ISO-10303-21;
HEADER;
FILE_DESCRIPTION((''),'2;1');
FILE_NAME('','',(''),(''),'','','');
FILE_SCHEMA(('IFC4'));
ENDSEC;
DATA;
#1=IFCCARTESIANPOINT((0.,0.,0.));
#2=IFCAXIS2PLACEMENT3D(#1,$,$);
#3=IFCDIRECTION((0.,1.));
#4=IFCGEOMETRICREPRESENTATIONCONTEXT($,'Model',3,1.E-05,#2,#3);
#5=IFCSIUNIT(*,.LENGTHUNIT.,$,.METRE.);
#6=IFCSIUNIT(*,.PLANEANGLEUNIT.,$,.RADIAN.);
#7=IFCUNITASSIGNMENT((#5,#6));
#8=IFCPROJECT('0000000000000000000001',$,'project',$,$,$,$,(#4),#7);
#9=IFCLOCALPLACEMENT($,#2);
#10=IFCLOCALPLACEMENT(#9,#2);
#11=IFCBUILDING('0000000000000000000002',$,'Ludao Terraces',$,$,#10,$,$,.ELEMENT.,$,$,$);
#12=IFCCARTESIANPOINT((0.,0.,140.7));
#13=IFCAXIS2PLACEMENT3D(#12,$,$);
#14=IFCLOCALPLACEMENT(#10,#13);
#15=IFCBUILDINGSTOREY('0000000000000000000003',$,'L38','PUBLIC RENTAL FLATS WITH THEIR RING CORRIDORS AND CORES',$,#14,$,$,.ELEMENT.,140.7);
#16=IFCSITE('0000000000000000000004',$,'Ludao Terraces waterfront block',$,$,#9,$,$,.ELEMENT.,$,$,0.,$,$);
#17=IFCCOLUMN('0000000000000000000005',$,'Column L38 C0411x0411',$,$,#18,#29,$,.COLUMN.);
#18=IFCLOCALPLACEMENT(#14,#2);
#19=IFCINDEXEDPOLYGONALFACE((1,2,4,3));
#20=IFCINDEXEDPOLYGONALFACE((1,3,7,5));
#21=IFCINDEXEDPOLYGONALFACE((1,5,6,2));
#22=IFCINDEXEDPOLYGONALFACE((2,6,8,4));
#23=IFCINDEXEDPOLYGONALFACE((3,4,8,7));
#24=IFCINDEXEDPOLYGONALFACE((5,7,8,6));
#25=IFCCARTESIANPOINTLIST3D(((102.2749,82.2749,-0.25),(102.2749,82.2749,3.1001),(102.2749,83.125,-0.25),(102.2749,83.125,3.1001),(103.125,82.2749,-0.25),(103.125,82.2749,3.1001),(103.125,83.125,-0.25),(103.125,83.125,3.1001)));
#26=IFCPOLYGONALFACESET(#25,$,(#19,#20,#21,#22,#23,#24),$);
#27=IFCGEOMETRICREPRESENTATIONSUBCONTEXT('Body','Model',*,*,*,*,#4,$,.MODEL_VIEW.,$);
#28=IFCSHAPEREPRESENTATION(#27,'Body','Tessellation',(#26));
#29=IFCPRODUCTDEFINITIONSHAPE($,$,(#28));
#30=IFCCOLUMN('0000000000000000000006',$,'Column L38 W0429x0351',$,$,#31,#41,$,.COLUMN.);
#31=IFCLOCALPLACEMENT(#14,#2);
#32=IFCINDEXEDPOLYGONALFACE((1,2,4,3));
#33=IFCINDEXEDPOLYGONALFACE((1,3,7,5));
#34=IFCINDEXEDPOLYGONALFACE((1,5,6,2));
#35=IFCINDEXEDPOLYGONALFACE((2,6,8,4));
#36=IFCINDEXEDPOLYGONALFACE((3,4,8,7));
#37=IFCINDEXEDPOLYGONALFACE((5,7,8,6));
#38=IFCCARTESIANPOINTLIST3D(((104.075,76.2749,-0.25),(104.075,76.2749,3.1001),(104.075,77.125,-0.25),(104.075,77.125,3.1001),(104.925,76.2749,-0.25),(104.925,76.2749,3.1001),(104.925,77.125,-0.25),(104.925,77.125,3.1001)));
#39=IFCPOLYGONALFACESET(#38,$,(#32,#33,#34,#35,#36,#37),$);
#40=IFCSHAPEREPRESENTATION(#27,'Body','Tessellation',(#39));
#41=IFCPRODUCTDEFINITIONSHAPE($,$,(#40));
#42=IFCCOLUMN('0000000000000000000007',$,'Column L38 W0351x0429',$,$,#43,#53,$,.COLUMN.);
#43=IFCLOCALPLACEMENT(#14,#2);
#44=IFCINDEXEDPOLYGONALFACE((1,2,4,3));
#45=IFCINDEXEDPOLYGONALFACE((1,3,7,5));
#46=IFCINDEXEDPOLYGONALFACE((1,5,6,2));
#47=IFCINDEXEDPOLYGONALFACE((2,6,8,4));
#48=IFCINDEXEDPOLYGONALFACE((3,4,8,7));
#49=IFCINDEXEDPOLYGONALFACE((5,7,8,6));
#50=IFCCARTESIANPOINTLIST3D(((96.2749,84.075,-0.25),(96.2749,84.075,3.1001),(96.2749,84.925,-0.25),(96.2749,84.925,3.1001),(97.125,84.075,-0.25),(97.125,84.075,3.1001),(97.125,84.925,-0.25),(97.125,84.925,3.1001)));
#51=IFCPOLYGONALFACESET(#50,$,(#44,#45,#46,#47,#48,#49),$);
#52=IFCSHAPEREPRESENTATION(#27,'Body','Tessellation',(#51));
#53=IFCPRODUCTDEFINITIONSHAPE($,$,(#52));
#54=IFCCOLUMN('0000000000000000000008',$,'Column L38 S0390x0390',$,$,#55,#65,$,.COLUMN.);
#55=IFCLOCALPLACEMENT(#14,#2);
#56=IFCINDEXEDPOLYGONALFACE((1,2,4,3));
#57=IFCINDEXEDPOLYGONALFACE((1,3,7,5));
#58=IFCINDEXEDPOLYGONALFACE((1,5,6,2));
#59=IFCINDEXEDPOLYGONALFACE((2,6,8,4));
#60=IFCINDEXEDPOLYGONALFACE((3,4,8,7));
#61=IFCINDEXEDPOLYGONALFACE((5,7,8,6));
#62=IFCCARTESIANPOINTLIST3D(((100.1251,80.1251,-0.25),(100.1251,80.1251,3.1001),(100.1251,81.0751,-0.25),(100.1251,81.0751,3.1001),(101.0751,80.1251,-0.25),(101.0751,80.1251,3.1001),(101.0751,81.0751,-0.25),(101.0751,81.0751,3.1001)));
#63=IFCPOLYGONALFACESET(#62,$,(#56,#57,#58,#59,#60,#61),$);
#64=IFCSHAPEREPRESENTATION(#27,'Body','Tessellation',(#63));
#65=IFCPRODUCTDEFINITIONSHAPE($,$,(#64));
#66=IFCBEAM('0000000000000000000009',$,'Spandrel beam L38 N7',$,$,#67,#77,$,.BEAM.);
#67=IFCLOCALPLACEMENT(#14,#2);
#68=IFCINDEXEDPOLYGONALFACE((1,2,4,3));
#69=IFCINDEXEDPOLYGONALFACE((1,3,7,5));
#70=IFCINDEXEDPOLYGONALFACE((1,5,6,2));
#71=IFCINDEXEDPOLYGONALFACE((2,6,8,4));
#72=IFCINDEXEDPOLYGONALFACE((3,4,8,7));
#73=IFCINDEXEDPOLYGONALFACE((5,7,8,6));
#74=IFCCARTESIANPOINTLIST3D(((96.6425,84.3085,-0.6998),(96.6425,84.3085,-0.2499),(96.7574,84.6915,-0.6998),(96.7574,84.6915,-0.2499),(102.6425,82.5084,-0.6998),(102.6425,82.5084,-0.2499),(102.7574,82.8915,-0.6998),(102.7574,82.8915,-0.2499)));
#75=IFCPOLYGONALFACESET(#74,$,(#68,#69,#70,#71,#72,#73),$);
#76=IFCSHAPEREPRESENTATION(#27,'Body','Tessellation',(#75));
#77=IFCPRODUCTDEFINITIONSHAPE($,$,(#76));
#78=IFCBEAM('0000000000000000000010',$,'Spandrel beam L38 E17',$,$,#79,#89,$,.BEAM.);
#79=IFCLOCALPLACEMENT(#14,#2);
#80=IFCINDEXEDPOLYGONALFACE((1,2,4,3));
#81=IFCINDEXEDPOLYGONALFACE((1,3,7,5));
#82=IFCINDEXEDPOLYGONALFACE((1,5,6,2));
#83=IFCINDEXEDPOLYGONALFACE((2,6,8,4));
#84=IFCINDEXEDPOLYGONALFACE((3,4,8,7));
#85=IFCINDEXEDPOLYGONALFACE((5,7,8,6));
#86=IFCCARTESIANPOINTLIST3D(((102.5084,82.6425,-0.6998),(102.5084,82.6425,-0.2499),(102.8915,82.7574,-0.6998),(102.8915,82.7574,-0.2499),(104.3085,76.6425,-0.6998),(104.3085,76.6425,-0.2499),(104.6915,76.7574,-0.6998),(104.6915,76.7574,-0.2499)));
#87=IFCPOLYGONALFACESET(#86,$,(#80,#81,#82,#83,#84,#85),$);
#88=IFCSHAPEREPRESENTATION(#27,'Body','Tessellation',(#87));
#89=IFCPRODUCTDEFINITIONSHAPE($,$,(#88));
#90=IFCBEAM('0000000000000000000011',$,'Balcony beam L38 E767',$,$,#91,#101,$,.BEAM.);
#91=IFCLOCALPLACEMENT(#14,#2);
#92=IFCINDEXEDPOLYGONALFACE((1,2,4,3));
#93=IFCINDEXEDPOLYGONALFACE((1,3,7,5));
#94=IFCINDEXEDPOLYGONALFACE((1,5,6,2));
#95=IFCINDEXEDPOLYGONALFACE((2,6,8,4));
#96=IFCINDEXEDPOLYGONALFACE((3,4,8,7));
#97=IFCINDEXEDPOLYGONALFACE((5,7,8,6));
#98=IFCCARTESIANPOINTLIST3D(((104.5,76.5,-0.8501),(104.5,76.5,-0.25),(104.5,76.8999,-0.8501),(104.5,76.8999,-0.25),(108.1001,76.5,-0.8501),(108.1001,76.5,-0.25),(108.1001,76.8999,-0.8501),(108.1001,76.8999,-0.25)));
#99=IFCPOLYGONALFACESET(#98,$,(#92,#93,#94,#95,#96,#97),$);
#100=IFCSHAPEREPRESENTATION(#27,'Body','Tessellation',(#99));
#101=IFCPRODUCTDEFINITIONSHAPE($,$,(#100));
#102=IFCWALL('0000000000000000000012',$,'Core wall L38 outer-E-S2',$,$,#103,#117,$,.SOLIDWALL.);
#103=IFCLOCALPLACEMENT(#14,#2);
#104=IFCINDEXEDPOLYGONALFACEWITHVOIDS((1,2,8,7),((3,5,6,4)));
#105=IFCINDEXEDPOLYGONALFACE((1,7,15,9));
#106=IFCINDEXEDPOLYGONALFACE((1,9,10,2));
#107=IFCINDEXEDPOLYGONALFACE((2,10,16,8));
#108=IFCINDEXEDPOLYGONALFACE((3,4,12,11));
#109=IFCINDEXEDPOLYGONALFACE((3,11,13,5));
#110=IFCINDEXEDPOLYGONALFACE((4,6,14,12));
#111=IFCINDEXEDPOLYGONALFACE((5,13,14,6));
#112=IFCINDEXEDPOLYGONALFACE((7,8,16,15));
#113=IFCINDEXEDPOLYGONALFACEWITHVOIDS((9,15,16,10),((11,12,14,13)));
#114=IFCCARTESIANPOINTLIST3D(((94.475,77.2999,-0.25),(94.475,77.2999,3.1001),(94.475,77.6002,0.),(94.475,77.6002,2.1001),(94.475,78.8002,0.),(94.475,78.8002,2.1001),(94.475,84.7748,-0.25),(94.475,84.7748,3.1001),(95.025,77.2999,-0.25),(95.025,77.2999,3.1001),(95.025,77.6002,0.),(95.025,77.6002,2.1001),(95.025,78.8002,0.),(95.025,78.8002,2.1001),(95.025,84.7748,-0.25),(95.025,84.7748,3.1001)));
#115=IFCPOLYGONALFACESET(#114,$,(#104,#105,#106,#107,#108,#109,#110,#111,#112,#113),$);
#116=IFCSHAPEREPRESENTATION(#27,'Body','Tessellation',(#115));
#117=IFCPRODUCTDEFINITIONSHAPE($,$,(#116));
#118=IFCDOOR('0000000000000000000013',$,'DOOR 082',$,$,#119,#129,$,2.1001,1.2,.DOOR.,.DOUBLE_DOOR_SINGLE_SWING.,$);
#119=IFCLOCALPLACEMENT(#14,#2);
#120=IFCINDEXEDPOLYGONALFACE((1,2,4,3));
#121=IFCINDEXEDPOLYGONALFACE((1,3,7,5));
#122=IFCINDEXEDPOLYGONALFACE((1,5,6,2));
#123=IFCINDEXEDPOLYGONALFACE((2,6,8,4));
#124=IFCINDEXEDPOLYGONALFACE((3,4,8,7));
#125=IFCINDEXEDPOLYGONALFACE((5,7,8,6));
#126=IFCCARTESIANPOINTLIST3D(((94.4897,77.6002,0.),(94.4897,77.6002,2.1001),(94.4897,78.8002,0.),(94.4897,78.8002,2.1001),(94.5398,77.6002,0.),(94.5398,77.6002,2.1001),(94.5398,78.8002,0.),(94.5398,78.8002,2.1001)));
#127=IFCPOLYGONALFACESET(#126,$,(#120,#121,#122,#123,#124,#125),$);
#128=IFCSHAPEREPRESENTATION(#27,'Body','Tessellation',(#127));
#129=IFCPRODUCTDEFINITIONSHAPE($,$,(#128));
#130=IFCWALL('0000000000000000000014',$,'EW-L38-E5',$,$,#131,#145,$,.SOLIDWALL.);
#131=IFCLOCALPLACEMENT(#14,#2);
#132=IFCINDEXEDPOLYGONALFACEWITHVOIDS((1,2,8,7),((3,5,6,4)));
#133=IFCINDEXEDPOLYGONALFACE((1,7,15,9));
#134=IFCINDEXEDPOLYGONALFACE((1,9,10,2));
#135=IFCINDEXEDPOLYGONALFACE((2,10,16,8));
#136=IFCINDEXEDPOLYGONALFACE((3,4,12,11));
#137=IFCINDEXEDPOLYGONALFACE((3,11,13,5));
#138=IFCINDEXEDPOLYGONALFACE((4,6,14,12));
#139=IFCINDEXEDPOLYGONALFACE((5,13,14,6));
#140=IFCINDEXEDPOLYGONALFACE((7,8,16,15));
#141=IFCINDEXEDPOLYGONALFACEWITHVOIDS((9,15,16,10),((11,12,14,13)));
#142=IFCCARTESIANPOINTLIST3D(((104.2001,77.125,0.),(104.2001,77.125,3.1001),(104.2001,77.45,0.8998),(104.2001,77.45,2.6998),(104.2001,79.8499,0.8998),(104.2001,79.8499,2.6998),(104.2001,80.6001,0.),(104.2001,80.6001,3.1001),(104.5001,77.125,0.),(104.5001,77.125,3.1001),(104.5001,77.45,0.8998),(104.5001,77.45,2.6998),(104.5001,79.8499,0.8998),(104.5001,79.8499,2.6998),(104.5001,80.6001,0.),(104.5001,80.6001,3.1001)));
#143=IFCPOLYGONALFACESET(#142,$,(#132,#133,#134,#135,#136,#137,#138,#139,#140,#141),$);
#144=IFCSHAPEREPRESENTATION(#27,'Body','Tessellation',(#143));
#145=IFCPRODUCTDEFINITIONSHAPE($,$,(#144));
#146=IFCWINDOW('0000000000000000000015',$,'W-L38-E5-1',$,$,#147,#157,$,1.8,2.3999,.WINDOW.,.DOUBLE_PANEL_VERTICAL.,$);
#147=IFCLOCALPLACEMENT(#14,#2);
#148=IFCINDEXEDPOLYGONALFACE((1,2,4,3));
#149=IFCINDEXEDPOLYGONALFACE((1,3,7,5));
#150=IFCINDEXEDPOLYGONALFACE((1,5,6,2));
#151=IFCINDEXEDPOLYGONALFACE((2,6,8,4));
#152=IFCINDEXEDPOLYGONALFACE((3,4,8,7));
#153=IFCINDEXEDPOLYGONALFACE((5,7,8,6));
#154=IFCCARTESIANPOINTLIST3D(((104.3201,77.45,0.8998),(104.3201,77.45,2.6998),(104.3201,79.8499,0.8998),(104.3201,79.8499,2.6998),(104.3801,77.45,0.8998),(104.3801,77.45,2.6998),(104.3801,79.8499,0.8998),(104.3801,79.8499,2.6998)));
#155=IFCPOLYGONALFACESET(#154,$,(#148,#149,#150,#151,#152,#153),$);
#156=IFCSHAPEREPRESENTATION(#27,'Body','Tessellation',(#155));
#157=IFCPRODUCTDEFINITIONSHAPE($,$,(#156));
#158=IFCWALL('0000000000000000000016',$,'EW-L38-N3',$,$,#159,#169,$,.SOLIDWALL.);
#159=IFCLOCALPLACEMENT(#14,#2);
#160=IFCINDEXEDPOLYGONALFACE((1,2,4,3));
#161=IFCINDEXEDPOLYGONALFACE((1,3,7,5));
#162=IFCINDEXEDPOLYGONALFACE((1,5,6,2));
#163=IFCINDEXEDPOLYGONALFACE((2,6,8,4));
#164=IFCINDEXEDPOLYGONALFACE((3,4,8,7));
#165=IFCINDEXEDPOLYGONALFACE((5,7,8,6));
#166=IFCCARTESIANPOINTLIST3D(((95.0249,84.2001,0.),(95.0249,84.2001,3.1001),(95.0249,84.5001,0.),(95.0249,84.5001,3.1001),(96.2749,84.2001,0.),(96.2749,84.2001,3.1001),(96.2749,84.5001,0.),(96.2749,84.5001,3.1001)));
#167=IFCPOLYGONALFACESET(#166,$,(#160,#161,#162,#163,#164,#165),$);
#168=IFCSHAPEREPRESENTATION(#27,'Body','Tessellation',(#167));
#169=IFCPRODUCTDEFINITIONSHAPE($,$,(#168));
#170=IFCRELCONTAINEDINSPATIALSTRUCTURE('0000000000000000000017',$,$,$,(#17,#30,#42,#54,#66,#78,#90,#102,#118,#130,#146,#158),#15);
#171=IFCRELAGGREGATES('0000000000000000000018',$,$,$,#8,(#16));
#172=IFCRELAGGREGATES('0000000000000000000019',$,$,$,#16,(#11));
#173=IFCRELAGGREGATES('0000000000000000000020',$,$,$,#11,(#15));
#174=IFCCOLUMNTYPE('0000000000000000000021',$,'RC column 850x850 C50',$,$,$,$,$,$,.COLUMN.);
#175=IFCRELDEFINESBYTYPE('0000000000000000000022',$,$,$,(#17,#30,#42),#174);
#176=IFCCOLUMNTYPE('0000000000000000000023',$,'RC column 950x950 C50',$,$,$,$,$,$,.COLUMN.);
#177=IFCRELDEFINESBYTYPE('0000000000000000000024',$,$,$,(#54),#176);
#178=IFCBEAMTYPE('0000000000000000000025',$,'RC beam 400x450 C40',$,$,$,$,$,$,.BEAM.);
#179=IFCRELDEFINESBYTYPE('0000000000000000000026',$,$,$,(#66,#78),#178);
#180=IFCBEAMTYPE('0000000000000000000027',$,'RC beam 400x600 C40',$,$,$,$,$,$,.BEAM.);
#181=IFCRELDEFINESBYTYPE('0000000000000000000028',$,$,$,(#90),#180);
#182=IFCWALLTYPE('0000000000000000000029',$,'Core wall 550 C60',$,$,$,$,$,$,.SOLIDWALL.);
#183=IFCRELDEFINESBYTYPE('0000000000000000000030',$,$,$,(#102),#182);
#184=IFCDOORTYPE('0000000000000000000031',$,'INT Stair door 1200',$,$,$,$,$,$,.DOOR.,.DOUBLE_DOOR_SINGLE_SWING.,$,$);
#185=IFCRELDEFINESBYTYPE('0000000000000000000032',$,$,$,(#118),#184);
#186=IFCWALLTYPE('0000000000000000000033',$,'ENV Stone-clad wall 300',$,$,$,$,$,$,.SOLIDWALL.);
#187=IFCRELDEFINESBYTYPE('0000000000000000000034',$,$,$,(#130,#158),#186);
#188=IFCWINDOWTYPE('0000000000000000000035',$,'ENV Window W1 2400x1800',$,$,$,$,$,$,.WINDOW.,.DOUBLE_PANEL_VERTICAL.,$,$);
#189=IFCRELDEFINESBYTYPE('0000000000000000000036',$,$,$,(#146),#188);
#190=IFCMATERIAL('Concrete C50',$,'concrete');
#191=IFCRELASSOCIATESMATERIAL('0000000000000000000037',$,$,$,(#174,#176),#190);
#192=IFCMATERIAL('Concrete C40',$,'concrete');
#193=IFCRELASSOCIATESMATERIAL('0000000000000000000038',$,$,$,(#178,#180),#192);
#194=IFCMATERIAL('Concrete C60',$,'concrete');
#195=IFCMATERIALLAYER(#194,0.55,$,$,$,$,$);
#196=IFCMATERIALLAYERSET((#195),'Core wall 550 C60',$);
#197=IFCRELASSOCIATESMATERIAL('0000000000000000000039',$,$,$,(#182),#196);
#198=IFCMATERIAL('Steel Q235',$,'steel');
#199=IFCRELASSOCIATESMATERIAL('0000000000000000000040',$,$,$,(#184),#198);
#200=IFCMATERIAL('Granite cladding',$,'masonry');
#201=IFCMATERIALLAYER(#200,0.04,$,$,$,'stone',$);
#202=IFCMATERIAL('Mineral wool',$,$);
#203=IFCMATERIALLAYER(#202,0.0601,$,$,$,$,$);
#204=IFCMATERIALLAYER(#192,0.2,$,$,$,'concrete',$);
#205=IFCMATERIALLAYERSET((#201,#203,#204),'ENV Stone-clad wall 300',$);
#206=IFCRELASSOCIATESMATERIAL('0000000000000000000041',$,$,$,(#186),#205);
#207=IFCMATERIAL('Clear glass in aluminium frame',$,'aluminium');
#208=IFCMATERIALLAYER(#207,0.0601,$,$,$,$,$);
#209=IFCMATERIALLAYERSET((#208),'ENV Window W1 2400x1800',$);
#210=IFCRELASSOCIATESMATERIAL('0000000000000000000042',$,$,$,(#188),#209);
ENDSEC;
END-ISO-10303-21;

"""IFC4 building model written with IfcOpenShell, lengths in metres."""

from ifc_helpers import new_model, si_unit, direction, frame, frame_2d, origin, origin_2d, place, context, subcontext, project, spatial, rectangle, extrude, material, layer, layer_set, material_profile, profile_set, type_object, element, fill, save


model = new_model("IFC4")

# Units and contexts
model_context = context("Model", 3, precision=1e-05, world=origin(), true_north=direction((0.0, 1.0)))
body_context = subcontext(model_context, "Body", "Model", "MODEL_VIEW")
ifc_project = project(units=[si_unit("LENGTHUNIT", "METRE"), si_unit("PLANEANGLEUNIT", "RADIAN")], contexts=[model_context])

# Site, building, storey
site_placement = place(None, origin())
site = spatial("IfcSite", under=ifc_project, at=site_placement, Name="Ludao Terraces waterfront block", CompositionType="ELEMENT", RefElevation=0.0)
building_placement = place(site_placement, origin())
building = spatial("IfcBuilding", under=site, at=building_placement, Name="Ludao Terraces", CompositionType="ELEMENT")
storey_placement = place(building_placement, frame((0.0, 0.0, 140.7)))
storey = spatial("IfcBuildingStorey", under=building, at=storey_placement, Name="L38", Description="PUBLIC RENTAL FLATS WITH THEIR RING CORRIDORS AND CORES", CompositionType="ELEMENT", Elevation=140.7)

# Columns
ifc_material_1 = material(Name="Concrete C50", Category="concrete")
ifc_material_profile_1 = material_profile(ifc_material_1, rectangle(XDim=0.8501, YDim=0.8501, at=origin_2d()), Name="850 X 850")
ifc_profile_set_1 = profile_set([ifc_material_profile_1], Name="Concrete C50")
column_type_1 = type_object("IfcColumnType", Name="RC column 850x850 C50", PredefinedType="COLUMN", material=ifc_profile_set_1)
for number, where, z_axis, x_axis, name in (
    (1, (102.7, 82.7, -0.25), (0.0, 0.0, 1.0), (1.0, 0.0, 0.0), "Column L38 C0411x0411"),
    (2, (104.5, 76.7, -0.25), (0.0, 0.0, 1.0), (1.0, 0.0, 0.0), "Column L38 W0429x0351"),
    (3, (96.7, 84.5, -0.25), (0.0, 0.0, 1.0), (1.0, 0.0, 0.0), "Column L38 W0351x0429"),
):
    element("IfcColumn", number, at=place(storey_placement, frame(where, z_axis=z_axis, x_axis=x_axis)), inside=storey, type_object=column_type_1, Name=name, PredefinedType="COLUMN", context=body_context, shape_type="SweptSolid", body=[
        extrude(rectangle(XDim=0.8501, YDim=0.8501, at=origin_2d()), origin(), (0.0, 0.0, 1.0), 3.3501),
    ])
ifc_material_profile_2 = material_profile(ifc_material_1, rectangle(XDim=0.95, YDim=0.95, at=origin_2d()), Name="950 X 950")
ifc_profile_set_2 = profile_set([ifc_material_profile_2], Name="Concrete C50")
column_type_2 = type_object("IfcColumnType", Name="RC column 950x950 C50", PredefinedType="COLUMN", material=ifc_profile_set_2)
column_placement = place(storey_placement, frame((100.6001, 80.6001, -0.25), z_axis=(0.0, 0.0, 1.0), x_axis=(1.0, 0.0, 0.0)))
element("IfcColumn", 4, at=column_placement, inside=storey, type_object=column_type_2, Name="Column L38 S0390x0390", PredefinedType="COLUMN", context=body_context, shape_type="SweptSolid", body=[
    extrude(rectangle(XDim=0.95, YDim=0.95, at=origin_2d()), origin(), (0.0, 0.0, 1.0), 3.3501),
])

# Beams
ifc_material_2 = material(Name="Concrete C40", Category="concrete")
ifc_material_profile_3 = material_profile(ifc_material_2, rectangle(XDim=0.3999, YDim=0.45, at=origin_2d()), Name="400 X 450")
ifc_profile_set_3 = profile_set([ifc_material_profile_3], Name="Concrete C40")
beam_type_1 = type_object("IfcBeamType", Name="RC beam 400x450 C40", PredefinedType="BEAM", material=ifc_profile_set_3)
for number, where, z_axis, x_axis, name in (
    (5, (96.7, 84.5, -0.4749), (0.957824, -0.287355, 0.0), (0.287355, 0.957824, 0.0), "Spandrel beam L38 N7"),
    (6, (104.5, 76.7, -0.4749), (-0.287355, 0.957824, 0.0), (-0.957824, -0.287355, 0.0), "Spandrel beam L38 E17"),
):
    element("IfcBeam", number, at=place(storey_placement, frame(where, z_axis=z_axis, x_axis=x_axis)), inside=storey, type_object=beam_type_1, Name=name, PredefinedType="BEAM", context=body_context, shape_type="SweptSolid", body=[
        extrude(rectangle(XDim=0.3999, YDim=0.45, at=origin_2d()), origin(), (0.0, 0.0, 1.0), 6.2642),
    ])
ifc_material_profile_4 = material_profile(ifc_material_2, rectangle(XDim=0.3999, YDim=0.6001, at=origin_2d()), Name="400 X 600")
ifc_profile_set_4 = profile_set([ifc_material_profile_4], Name="Concrete C40")
beam_type_2 = type_object("IfcBeamType", Name="RC beam 400x600 C40", PredefinedType="BEAM", material=ifc_profile_set_4)
beam_placement = place(storey_placement, frame((104.5, 76.7, -0.55), z_axis=(1.0, 0.0, 0.0), x_axis=(0.0, 1.0, 0.0)))
element("IfcBeam", 7, at=beam_placement, inside=storey, type_object=beam_type_2, Name="Balcony beam L38 E767", PredefinedType="BEAM", context=body_context, shape_type="SweptSolid", body=[
    extrude(rectangle(XDim=0.3999, YDim=0.6001, at=origin_2d()), origin(), (0.0, 0.0, 1.0), 3.6001),
])

# Wall, opening, door
ifc_material_3 = material(Name="Concrete C60", Category="concrete")
ifc_layer_1 = layer(ifc_material_3, 0.55)
ifc_layer_set_1 = layer_set([ifc_layer_1], Name="Core wall 550 C60")
wall_type_1 = type_object("IfcWallType", Name="Core wall 550 C60", PredefinedType="SOLIDWALL", material=ifc_layer_set_1)
wall_1_placement = place(storey_placement, frame((94.75, 77.3, -0.25), z_axis=(0.0, 0.0, 1.0), x_axis=(0.0, 1.0, 0.0)))
wall_1 = element("IfcWall", 8, at=wall_1_placement, inside=storey, type_object=wall_type_1, Name="Core wall L38 outer-E-S2", PredefinedType="SOLIDWALL", context=body_context, shape_type="SweptSolid", body=[
    extrude(rectangle(XDim=7.4749, YDim=0.55, at=frame_2d((3.7373, 0.0))), origin(), (0.0, 0.0, 1.0), 3.3501),
])
opening_1_placement = place(wall_1_placement, frame((0.3, 0.0, 0.25)))
opening_1 = element("IfcOpeningElement", 9, at=opening_1_placement, cuts=wall_1, PredefinedType="OPENING", context=body_context, shape_type="SweptSolid", body=[
    extrude(rectangle(XDim=1.2, YDim=2.1001, at=frame_2d((0.6001, 1.05))), frame((0.0, 0.2852, 0.0), z_axis=(0.0, -1.0, 0.0), x_axis=(1.0, 0.0, 0.0)), (0.0, 0.0, 1.0), 0.5701),
])
ifc_material_4 = material(Name="Steel Q235", Category="steel")
door_type_1 = type_object("IfcDoorType", Name="INT Stair door 1200", OperationType="DOUBLE_DOOR_SINGLE_SWING", PredefinedType="DOOR", material=ifc_material_4)
door_1_placement = place(opening_1_placement, origin())
door_1 = element("IfcDoor", 10, at=door_1_placement, inside=storey, type_object=door_type_1, Name="DOOR 082", OperationType="DOUBLE_DOOR_SINGLE_SWING", OverallHeight=2.1001, OverallWidth=1.2, PredefinedType="DOOR", context=body_context, shape_type="SweptSolid", body=[
    extrude(rectangle(XDim=1.2, YDim=2.1001, at=frame_2d((0.6001, 1.05))), frame((0.0, 0.2603, 0.0), z_axis=(0.0, -1.0, 0.0), x_axis=(1.0, 0.0, 0.0)), (0.0, 0.0, 1.0), 0.05),
])
fill(opening_1, door_1)

# Wall, opening, window
ifc_material_5 = material(Name="Granite cladding", Category="masonry")
ifc_layer_2 = layer(ifc_material_5, 0.04, Category="stone")
ifc_material_6 = material(Name="Mineral wool")
ifc_layer_3 = layer(ifc_material_6, 0.0601)
ifc_layer_4 = layer(ifc_material_2, 0.2, Category="concrete")
ifc_layer_set_2 = layer_set([ifc_layer_2, ifc_layer_3, ifc_layer_4], Name="ENV Stone-clad wall 300")
wall_type_2 = type_object("IfcWallType", Name="ENV Stone-clad wall 300", PredefinedType="SOLIDWALL", material=ifc_layer_set_2)
wall_2_placement = place(storey_placement, frame((104.3501, 77.125, 0.0), z_axis=(0.0, 0.0, 1.0), x_axis=(0.0, 1.0, 0.0)))
wall_2 = element("IfcWall", 11, at=wall_2_placement, inside=storey, type_object=wall_type_2, Name="EW-L38-E5", PredefinedType="SOLIDWALL", context=body_context, shape_type="SweptSolid", body=[
    extrude(rectangle(XDim=3.4751, YDim=0.3, at=frame_2d((1.7375, 0.0))), origin(), (0.0, 0.0, 1.0), 3.1001),
])
opening_2_placement = place(wall_2_placement, frame((0.325, 0.0, 0.8999)))
opening_2 = element("IfcOpeningElement", 12, at=opening_2_placement, cuts=wall_2, PredefinedType="OPENING", context=body_context, shape_type="SweptSolid", body=[
    extrude(rectangle(XDim=2.3999, YDim=1.8, at=frame_2d((1.2, 0.8999))), frame((0.0, 0.1602, 0.0), z_axis=(0.0, -1.0, 0.0), x_axis=(1.0, 0.0, 0.0)), (0.0, 0.0, 1.0), 0.3201),
])
ifc_material_7 = material(Name="Clear glass in aluminium frame", Category="aluminium")
ifc_layer_5 = layer(ifc_material_7, 0.0601)
ifc_layer_set_3 = layer_set([ifc_layer_5], Name="ENV Window W1 2400x1800")
window_type_1 = type_object("IfcWindowType", Name="ENV Window W1 2400x1800", PartitioningType="DOUBLE_PANEL_VERTICAL", PredefinedType="WINDOW", material=ifc_layer_set_3)
window_1_placement = place(opening_2_placement, origin())
window_1 = element("IfcWindow", 13, at=window_1_placement, inside=storey, type_object=window_type_1, Name="W-L38-E5-1", OverallHeight=1.8, OverallWidth=2.3999, PartitioningType="DOUBLE_PANEL_VERTICAL", PredefinedType="WINDOW", context=body_context, shape_type="SweptSolid", body=[
    extrude(rectangle(XDim=2.3999, YDim=1.8, at=frame_2d((1.2, 0.8999))), frame((0.0, 0.03, 0.0), z_axis=(0.0, -1.0, 0.0), x_axis=(1.0, 0.0, 0.0)), (0.0, 0.0, 1.0), 0.0601),
])
fill(opening_2, window_1)

# Wall
wall_3_placement = place(storey_placement, frame((95.0249, 84.3501, 0.0), z_axis=(0.0, 0.0, 1.0), x_axis=(1.0, 0.0, 0.0)))
element("IfcWall", 14, at=wall_3_placement, inside=storey, type_object=wall_type_2, Name="EW-L38-N3", PredefinedType="SOLIDWALL", context=body_context, shape_type="SweptSolid", body=[
    extrude(rectangle(XDim=1.25, YDim=0.3, at=frame_2d((0.625, 0.0))), origin(), (0.0, 0.0, 1.0), 3.1001),
])

save(model, "model.ifc")
